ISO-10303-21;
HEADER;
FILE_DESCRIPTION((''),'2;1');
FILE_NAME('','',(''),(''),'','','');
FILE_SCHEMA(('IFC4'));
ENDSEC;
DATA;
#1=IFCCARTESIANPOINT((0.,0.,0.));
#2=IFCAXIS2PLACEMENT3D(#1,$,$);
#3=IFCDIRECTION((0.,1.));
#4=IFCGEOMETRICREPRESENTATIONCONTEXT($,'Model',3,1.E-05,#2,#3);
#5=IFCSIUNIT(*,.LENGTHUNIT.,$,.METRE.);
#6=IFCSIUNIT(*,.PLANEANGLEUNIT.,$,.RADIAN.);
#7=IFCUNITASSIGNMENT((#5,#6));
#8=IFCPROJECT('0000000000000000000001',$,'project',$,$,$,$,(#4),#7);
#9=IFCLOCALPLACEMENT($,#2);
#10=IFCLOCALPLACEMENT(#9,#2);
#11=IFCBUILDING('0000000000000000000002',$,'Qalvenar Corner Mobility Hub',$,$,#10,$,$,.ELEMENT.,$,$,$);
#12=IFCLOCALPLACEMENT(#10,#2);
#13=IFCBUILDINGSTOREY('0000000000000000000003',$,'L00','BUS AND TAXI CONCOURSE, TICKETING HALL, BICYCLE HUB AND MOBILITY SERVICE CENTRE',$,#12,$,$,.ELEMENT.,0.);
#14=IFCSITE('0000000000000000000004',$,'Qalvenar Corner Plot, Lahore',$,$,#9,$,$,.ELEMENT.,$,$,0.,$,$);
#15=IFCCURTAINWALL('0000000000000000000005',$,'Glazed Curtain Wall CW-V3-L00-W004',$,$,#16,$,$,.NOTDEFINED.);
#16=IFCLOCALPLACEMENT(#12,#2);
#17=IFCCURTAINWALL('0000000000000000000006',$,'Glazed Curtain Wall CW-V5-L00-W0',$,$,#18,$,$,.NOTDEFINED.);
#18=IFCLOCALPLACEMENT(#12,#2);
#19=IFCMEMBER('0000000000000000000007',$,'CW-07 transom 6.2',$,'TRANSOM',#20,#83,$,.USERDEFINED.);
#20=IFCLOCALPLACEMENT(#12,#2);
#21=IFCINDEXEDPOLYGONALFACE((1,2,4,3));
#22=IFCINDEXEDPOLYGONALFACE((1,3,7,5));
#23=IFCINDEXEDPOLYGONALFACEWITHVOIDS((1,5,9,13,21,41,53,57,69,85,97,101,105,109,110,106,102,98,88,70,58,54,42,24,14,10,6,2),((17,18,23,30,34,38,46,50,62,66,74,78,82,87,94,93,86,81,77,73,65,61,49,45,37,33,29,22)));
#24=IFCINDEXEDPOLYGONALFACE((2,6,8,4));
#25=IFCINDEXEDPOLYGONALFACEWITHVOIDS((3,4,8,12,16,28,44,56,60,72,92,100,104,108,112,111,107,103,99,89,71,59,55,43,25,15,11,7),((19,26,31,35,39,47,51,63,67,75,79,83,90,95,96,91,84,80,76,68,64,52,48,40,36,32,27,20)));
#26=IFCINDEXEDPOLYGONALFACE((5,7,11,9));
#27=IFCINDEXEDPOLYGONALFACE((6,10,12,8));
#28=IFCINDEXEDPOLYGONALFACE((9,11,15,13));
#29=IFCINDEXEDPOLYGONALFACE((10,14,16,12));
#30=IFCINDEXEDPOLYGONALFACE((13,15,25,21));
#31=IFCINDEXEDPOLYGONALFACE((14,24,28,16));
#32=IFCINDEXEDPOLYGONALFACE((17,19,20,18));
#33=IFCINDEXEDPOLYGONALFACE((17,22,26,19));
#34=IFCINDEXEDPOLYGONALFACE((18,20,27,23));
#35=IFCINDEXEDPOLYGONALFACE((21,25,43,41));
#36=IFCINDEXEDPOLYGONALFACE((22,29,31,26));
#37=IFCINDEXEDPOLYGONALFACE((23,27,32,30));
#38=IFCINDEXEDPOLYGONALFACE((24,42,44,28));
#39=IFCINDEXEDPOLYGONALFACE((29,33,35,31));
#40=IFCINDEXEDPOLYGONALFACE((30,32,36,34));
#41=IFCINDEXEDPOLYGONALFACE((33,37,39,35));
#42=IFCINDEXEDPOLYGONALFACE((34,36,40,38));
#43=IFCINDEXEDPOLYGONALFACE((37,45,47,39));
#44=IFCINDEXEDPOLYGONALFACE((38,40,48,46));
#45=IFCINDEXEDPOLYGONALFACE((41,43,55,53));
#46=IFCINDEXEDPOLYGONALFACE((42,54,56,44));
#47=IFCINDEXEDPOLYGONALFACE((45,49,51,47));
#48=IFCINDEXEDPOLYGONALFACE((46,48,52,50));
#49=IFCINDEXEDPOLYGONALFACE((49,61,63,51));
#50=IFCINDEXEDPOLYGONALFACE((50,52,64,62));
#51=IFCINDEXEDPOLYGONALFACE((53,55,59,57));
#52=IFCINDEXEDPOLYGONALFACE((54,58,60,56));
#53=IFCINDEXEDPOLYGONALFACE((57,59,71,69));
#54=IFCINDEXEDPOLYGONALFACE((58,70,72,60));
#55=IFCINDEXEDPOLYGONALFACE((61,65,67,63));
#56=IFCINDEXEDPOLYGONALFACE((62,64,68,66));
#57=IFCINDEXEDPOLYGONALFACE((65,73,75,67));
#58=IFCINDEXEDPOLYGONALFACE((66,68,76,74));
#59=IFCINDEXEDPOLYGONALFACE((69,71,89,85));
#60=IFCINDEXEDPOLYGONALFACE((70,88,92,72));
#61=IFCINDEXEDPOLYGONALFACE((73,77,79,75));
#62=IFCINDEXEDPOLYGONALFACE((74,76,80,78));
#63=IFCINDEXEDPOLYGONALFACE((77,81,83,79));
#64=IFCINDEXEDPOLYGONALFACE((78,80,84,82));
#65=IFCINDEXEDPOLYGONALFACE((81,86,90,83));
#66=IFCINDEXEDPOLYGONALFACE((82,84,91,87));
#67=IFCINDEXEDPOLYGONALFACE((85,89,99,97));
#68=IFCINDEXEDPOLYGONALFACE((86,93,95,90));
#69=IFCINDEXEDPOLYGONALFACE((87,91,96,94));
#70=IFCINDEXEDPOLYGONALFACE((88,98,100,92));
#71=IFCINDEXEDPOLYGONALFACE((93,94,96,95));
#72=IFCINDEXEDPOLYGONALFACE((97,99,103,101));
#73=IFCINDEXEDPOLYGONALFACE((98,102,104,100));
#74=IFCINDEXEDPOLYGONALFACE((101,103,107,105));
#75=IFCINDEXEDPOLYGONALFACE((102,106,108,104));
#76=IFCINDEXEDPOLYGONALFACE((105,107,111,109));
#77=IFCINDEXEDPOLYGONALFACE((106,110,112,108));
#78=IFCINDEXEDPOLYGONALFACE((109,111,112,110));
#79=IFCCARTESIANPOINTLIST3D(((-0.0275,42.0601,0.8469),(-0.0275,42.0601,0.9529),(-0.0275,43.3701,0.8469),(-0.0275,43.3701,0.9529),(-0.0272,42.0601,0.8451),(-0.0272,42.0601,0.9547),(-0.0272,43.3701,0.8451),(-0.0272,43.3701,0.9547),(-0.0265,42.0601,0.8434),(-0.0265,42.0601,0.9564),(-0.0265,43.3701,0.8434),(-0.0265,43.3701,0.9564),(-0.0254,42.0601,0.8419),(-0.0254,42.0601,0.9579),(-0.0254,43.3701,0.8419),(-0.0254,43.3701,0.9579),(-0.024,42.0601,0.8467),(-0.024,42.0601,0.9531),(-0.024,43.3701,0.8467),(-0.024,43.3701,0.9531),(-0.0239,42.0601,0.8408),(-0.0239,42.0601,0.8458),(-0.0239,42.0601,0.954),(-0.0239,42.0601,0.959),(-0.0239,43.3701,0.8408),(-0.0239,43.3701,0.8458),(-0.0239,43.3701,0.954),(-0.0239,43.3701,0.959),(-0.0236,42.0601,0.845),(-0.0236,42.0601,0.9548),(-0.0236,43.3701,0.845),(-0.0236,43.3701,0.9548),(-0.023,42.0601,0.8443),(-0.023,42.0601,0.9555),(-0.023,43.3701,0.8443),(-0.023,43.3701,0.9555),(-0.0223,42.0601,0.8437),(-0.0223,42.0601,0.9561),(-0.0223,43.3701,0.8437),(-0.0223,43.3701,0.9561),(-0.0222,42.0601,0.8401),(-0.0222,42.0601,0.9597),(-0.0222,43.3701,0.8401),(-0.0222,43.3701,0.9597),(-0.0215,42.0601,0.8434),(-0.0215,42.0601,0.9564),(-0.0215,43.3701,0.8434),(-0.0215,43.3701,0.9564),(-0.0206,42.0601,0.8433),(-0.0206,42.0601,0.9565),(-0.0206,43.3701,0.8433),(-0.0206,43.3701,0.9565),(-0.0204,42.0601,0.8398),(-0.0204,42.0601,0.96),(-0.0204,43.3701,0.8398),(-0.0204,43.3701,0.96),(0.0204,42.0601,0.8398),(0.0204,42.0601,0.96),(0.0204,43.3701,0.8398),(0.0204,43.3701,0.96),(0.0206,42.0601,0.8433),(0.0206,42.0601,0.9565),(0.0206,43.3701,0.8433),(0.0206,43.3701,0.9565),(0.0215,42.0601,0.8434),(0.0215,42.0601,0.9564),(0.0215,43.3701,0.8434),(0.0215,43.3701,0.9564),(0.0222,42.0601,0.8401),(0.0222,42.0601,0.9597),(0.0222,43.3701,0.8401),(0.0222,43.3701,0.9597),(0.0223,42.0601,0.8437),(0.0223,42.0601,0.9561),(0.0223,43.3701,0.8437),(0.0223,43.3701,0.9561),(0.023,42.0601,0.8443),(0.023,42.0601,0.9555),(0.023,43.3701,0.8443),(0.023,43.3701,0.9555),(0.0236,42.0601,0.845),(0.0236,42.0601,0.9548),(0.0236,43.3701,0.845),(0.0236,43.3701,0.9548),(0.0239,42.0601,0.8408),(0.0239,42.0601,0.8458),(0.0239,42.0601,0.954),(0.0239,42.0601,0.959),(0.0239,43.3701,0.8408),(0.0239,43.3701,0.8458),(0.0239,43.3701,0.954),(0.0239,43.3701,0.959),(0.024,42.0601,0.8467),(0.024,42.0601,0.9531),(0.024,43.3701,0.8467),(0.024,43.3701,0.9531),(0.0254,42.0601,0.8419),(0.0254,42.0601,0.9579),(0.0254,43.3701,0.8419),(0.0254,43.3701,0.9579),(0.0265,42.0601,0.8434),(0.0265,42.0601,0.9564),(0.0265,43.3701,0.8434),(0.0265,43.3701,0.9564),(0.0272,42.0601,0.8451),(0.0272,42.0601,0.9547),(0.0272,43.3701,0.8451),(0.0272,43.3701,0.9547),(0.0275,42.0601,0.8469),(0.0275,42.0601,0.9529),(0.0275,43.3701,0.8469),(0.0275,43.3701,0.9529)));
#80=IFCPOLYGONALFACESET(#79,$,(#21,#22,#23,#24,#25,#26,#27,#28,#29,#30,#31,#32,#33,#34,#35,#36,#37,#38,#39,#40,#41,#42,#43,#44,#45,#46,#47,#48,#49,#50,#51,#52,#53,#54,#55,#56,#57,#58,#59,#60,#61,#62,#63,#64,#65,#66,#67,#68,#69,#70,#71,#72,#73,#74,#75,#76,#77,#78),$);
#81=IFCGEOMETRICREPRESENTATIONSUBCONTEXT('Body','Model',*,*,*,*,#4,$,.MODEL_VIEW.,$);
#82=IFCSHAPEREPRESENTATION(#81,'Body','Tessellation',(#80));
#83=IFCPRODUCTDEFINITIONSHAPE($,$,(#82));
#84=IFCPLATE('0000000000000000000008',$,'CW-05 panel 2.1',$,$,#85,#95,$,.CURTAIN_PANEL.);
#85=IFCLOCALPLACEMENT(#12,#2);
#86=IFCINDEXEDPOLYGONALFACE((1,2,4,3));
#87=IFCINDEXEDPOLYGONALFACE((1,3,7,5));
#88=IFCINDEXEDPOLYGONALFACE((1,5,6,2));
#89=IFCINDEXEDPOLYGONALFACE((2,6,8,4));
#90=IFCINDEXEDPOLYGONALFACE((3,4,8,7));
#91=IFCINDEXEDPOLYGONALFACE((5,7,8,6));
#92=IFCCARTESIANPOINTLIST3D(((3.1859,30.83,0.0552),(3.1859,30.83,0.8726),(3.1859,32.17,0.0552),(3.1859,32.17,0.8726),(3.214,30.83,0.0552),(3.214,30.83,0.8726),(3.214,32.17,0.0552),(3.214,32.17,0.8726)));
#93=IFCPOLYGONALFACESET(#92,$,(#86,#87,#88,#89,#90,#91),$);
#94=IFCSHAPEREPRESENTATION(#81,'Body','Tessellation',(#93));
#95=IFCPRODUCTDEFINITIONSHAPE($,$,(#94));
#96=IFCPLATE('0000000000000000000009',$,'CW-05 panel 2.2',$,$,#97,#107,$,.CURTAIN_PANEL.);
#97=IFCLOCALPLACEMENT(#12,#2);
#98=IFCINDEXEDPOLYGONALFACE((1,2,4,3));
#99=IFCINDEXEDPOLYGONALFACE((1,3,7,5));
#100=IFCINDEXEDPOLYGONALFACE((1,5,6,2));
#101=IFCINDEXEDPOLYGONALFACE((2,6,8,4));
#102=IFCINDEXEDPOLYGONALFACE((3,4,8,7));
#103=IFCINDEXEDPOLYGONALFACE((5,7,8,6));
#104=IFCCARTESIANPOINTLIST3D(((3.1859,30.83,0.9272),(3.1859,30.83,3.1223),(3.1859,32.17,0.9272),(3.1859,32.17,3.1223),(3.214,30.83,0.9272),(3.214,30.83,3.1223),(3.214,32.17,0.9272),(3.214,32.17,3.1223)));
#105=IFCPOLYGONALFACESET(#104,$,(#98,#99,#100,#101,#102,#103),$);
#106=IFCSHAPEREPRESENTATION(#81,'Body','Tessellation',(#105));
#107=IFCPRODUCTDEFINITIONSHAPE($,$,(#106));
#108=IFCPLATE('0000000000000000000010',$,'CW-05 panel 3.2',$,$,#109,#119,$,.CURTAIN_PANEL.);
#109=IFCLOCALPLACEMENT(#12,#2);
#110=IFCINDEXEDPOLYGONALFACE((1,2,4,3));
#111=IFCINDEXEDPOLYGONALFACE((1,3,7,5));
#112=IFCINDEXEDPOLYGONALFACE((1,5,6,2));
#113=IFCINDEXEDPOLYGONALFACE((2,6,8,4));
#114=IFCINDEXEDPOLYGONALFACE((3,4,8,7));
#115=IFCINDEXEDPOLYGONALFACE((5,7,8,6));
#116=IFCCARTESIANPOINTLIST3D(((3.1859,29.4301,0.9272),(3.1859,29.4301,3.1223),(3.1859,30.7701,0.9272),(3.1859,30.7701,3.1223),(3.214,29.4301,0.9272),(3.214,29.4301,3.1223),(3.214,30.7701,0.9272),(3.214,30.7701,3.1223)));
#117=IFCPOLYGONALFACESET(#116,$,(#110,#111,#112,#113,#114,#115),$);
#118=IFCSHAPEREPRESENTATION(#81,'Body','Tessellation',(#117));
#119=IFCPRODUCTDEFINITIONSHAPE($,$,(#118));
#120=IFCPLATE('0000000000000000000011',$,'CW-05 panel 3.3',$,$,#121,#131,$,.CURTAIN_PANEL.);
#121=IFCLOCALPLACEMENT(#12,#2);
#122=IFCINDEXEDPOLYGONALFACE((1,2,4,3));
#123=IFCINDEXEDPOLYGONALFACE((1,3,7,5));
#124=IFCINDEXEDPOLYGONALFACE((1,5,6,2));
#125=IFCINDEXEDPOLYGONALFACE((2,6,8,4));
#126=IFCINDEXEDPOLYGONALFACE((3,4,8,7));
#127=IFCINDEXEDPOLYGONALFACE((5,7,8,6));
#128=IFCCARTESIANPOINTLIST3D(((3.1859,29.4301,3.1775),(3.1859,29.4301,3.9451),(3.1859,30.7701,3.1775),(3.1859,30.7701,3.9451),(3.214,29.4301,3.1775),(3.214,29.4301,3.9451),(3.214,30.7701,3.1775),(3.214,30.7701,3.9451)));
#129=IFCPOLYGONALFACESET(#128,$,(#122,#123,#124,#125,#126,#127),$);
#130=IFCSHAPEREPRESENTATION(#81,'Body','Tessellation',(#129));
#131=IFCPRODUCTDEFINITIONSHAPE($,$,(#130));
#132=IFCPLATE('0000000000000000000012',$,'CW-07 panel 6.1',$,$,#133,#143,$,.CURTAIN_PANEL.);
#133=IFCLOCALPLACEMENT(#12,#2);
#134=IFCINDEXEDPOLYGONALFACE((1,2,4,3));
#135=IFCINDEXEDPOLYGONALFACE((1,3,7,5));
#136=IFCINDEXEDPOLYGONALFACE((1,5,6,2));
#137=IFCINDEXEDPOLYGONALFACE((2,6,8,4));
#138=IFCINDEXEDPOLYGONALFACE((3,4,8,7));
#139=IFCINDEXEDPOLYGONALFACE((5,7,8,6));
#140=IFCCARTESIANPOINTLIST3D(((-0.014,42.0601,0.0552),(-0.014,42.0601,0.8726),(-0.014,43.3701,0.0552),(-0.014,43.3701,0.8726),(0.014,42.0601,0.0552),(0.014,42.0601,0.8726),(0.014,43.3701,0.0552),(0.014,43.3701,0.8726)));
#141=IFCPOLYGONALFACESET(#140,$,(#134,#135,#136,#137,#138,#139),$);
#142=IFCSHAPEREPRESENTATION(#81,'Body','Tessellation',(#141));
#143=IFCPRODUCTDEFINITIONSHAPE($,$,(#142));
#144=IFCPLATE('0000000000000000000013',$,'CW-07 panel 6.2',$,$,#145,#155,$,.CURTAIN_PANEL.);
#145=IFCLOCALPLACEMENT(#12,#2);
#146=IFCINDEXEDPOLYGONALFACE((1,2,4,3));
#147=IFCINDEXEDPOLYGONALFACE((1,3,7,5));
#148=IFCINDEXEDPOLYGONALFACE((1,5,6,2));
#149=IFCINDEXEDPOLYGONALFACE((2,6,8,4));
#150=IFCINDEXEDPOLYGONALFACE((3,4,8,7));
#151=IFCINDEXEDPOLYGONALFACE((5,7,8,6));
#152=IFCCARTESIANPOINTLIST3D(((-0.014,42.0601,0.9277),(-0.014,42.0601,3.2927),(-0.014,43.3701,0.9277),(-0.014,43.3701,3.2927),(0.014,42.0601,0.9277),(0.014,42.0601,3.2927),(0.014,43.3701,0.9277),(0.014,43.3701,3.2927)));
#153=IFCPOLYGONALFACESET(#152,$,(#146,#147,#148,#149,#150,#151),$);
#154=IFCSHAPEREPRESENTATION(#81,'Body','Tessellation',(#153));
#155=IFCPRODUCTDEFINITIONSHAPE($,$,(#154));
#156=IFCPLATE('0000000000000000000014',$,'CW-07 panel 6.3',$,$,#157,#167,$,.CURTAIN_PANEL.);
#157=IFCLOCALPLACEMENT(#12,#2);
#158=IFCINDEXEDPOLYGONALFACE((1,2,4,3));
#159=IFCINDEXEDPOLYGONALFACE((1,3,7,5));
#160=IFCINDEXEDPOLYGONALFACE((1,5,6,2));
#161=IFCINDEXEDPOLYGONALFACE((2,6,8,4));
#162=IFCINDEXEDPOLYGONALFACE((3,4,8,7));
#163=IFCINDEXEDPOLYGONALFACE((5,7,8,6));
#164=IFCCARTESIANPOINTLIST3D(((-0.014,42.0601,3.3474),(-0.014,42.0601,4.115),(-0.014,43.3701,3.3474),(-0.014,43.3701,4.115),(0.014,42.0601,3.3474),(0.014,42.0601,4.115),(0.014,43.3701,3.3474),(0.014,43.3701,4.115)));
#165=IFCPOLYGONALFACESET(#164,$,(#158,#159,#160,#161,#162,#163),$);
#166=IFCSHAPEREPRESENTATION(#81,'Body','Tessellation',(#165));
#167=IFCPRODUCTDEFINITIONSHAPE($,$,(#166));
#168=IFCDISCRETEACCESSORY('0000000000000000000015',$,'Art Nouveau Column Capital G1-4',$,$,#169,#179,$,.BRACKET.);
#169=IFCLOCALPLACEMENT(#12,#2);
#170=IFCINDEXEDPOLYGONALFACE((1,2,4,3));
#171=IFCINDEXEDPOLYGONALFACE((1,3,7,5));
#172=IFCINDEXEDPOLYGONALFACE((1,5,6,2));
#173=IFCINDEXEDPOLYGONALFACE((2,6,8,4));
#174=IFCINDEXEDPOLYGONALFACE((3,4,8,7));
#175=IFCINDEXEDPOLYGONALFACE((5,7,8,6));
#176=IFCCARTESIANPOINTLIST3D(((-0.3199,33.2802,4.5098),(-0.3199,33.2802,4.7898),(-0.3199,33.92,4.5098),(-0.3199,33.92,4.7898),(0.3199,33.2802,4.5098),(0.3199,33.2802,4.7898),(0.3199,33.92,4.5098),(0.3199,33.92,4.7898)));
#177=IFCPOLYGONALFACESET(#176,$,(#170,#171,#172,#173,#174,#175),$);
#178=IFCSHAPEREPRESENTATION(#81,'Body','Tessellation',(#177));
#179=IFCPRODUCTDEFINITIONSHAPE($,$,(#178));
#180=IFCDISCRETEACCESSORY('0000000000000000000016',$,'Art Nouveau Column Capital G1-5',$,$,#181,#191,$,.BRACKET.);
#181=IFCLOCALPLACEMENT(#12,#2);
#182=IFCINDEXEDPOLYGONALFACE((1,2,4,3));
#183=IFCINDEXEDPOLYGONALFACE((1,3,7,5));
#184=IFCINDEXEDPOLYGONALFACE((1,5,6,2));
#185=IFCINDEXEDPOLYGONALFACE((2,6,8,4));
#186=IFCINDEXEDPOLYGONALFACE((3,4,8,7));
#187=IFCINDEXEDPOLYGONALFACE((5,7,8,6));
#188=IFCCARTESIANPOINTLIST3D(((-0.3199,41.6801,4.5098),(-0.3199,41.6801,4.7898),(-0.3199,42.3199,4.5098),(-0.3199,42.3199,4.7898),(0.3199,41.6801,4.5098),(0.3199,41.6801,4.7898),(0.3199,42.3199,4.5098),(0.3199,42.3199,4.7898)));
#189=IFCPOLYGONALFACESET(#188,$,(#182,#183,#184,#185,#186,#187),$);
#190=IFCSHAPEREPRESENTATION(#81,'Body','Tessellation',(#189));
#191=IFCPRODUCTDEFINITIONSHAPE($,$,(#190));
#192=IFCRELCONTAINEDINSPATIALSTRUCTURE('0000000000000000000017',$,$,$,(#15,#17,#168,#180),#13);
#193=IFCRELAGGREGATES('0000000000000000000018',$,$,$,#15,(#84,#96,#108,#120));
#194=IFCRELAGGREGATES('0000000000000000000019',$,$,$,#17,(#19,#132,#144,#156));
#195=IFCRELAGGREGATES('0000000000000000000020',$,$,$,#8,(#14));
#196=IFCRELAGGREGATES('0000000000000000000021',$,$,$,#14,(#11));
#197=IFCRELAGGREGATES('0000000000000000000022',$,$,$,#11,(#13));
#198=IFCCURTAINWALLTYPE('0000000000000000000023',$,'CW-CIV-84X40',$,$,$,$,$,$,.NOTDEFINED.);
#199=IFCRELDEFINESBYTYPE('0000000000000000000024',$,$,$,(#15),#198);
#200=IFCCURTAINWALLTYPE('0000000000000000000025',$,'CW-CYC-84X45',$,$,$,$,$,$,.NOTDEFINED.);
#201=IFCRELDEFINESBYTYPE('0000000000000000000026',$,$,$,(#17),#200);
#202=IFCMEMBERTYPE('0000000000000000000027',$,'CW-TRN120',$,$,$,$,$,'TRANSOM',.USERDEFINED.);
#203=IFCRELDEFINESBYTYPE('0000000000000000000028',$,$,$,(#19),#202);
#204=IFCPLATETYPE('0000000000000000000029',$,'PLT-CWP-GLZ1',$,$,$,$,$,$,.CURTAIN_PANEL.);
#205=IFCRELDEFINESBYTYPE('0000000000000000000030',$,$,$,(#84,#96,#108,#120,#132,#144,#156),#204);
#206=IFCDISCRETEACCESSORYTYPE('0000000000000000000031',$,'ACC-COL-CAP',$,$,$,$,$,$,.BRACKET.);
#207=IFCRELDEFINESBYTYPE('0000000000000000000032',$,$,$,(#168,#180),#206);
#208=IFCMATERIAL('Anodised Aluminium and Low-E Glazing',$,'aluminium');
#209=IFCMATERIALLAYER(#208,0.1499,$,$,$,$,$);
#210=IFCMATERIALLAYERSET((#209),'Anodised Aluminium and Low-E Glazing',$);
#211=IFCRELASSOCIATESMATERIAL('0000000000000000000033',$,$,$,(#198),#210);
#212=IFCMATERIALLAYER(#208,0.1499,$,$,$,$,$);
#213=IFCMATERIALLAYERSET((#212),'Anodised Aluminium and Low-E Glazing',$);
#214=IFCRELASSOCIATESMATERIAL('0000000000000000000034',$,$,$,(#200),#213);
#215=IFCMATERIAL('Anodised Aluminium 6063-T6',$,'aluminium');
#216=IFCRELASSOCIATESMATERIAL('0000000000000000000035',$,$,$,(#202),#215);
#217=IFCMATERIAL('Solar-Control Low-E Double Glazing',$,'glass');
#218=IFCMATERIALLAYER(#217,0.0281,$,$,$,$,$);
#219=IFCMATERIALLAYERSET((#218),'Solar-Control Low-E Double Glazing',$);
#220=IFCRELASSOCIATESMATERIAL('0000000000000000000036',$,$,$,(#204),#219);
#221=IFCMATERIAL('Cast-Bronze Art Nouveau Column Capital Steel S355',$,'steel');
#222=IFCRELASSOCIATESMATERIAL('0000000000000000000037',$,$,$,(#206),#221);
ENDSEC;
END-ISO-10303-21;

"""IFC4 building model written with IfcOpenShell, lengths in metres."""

from ifc_helpers import new_model, si_unit, direction, frame, origin, origin_2d, place, context, subcontext, project, spatial, rectangle, hollow_rectangle, extrude, material, layer, layer_set, material_profile, profile_set, type_object, element, aggregate, save


model = new_model("IFC4")

# Units and contexts
model_context = context("Model", 3, precision=1e-05, world=origin(), true_north=direction((0.0, 1.0)))
body_context = subcontext(model_context, "Body", "Model", "MODEL_VIEW")
ifc_project = project(units=[si_unit("LENGTHUNIT", "METRE"), si_unit("PLANEANGLEUNIT", "RADIAN")], contexts=[model_context])

# Site, building, storey
site_placement = place(None, origin())
site = spatial("IfcSite", under=ifc_project, at=site_placement, Name="Qalvenar Corner Plot, Lahore", CompositionType="ELEMENT", RefElevation=0.0)
building_placement = place(site_placement, origin())
building = spatial("IfcBuilding", under=site, at=building_placement, Name="Qalvenar Corner Mobility Hub", CompositionType="ELEMENT")
storey_placement = place(building_placement, origin())
storey = spatial("IfcBuildingStorey", under=building, at=storey_placement, Name="L00", Description="BUS AND TAXI CONCOURSE, TICKETING HALL, BICYCLE HUB AND MOBILITY SERVICE CENTRE", CompositionType="ELEMENT", Elevation=0.0)

# Curtain walls
ifc_material_1 = material(Name="Anodised Aluminium and Low-E Glazing", Category="aluminium")
ifc_layer_1 = layer(ifc_material_1, 0.1499)
ifc_layer_set_1 = layer_set([ifc_layer_1], Name="Anodised Aluminium and Low-E Glazing")
curtain_wall_type_1 = type_object("IfcCurtainWallType", Name="CW-CIV-84X40", PredefinedType="NOTDEFINED", material=ifc_layer_set_1)
curtain_wall_1_placement = place(storey_placement, origin())
curtain_wall_1 = element("IfcCurtainWall", 1, at=curtain_wall_1_placement, inside=storey, type_object=curtain_wall_type_1, Name="Glazed Curtain Wall CW-V3-L00-W004", PredefinedType="NOTDEFINED")
ifc_material_2 = material(Name="Anodised Aluminium 6063-T6", Category="aluminium")
ifc_layer_2 = layer(ifc_material_1, 0.1499)
ifc_layer_set_2 = layer_set([ifc_layer_2], Name="Anodised Aluminium and Low-E Glazing")
curtain_wall_type_2 = type_object("IfcCurtainWallType", Name="CW-CYC-84X45", PredefinedType="NOTDEFINED", material=ifc_layer_set_2)
curtain_wall_2_placement = place(storey_placement, origin())
curtain_wall_2 = element("IfcCurtainWall", 2, at=curtain_wall_2_placement, inside=storey, type_object=curtain_wall_type_2, Name="Glazed Curtain Wall CW-V5-L00-W0", PredefinedType="NOTDEFINED")

# Member
ifc_material_profile_1 = material_profile(ifc_material_2, hollow_rectangle(XDim=0.0549, YDim=0.1201, WallThickness=0.0034, InnerFilletRadius=0.0034, OuterFilletRadius=0.0071, at=origin_2d()), Name="RHS120x55x3.5")
ifc_profile_set_1 = profile_set([ifc_material_profile_1], Name="Anodised Aluminium 6063-T6")
member_type_1 = type_object("IfcMemberType", Name="CW-TRN120", ElementType="TRANSOM", PredefinedType="USERDEFINED", material=ifc_profile_set_1)
member_1_placement = place(storey_placement, frame((0.0, 43.3701, 0.8999), z_axis=(0.0, -1.0, 0.0), x_axis=(1.0, 0.0, 0.0)))
member_1 = element("IfcMember", 3, at=member_1_placement, type_object=member_type_1, Name="CW-07 transom 6.2", ObjectType="TRANSOM", PredefinedType="USERDEFINED", context=body_context, shape_type="SweptSolid", body=[
    extrude(hollow_rectangle(XDim=0.0549, YDim=0.1201, WallThickness=0.0034, InnerFilletRadius=0.0034, OuterFilletRadius=0.0071, at=origin_2d()), origin(), (0.0, 0.0, 1.0), 1.3101),
])

# Plates
ifc_material_3 = material(Name="Solar-Control Low-E Double Glazing", Category="glass")
ifc_layer_3 = layer(ifc_material_3, 0.0281)
ifc_layer_set_3 = layer_set([ifc_layer_3], Name="Solar-Control Low-E Double Glazing")
plate_type = type_object("IfcPlateType", Name="PLT-CWP-GLZ1", PredefinedType="CURTAIN_PANEL", material=ifc_layer_set_3)
plate_1_placement = place(storey_placement, frame((3.2, 31.5, 0.0552), z_axis=(0.0, 0.0, 1.0), x_axis=(0.0, -1.0, 0.0)))
plate_1 = element("IfcPlate", 4, at=plate_1_placement, type_object=plate_type, Name="CW-05 panel 2.1", PredefinedType="CURTAIN_PANEL", context=body_context, shape_type="SweptSolid", body=[
    extrude(rectangle(XDim=1.3401, YDim=0.0281, at=origin_2d()), origin(), (0.0, 0.0, 1.0), 0.8174),
])
plate_2_placement = place(storey_placement, frame((3.2, 31.5, 0.9272), z_axis=(0.0, 0.0, 1.0), x_axis=(0.0, -1.0, 0.0)))
plate_2 = element("IfcPlate", 5, at=plate_2_placement, type_object=plate_type, Name="CW-05 panel 2.2", PredefinedType="CURTAIN_PANEL", context=body_context, shape_type="SweptSolid", body=[
    extrude(rectangle(XDim=1.3401, YDim=0.0281, at=origin_2d()), origin(), (0.0, 0.0, 1.0), 2.1951),
])
plate_3_placement = place(storey_placement, frame((3.2, 30.1001, 0.9272), z_axis=(0.0, 0.0, 1.0), x_axis=(0.0, -1.0, 0.0)))
plate_3 = element("IfcPlate", 6, at=plate_3_placement, type_object=plate_type, Name="CW-05 panel 3.2", PredefinedType="CURTAIN_PANEL", context=body_context, shape_type="SweptSolid", body=[
    extrude(rectangle(XDim=1.3401, YDim=0.0281, at=origin_2d()), origin(), (0.0, 0.0, 1.0), 2.1951),
])
plate_4_placement = place(storey_placement, frame((3.2, 30.1001, 3.1775), z_axis=(0.0, 0.0, 1.0), x_axis=(0.0, -1.0, 0.0)))
plate_4 = element("IfcPlate", 7, at=plate_4_placement, type_object=plate_type, Name="CW-05 panel 3.3", PredefinedType="CURTAIN_PANEL", context=body_context, shape_type="SweptSolid", body=[
    extrude(rectangle(XDim=1.3401, YDim=0.0281, at=origin_2d()), origin(), (0.0, 0.0, 1.0), 0.7676),
])
aggregate(curtain_wall_1, [plate_1, plate_2, plate_3, plate_4])
plate_5_placement = place(storey_placement, frame((0.0, 42.7151, 0.0552), z_axis=(0.0, 0.0, 1.0), x_axis=(0.0, -1.0, 0.0)))
plate_5 = element("IfcPlate", 8, at=plate_5_placement, type_object=plate_type, Name="CW-07 panel 6.1", PredefinedType="CURTAIN_PANEL", context=body_context, shape_type="SweptSolid", body=[
    extrude(rectangle(XDim=1.3101, YDim=0.0281, at=origin_2d()), origin(), (0.0, 0.0, 1.0), 0.8174),
])
plate_6_placement = place(storey_placement, frame((0.0, 42.7151, 0.9277), z_axis=(0.0, 0.0, 1.0), x_axis=(0.0, -1.0, 0.0)))
plate_6 = element("IfcPlate", 9, at=plate_6_placement, type_object=plate_type, Name="CW-07 panel 6.2", PredefinedType="CURTAIN_PANEL", context=body_context, shape_type="SweptSolid", body=[
    extrude(rectangle(XDim=1.3101, YDim=0.0281, at=origin_2d()), origin(), (0.0, 0.0, 1.0), 2.365),
])
plate_7_placement = place(storey_placement, frame((0.0, 42.7151, 3.3474), z_axis=(0.0, 0.0, 1.0), x_axis=(0.0, -1.0, 0.0)))
plate_7 = element("IfcPlate", 10, at=plate_7_placement, type_object=plate_type, Name="CW-07 panel 6.3", PredefinedType="CURTAIN_PANEL", context=body_context, shape_type="SweptSolid", body=[
    extrude(rectangle(XDim=1.3101, YDim=0.0281, at=origin_2d()), origin(), (0.0, 0.0, 1.0), 0.7676),
])
aggregate(curtain_wall_2, [member_1, plate_5, plate_6, plate_7])

# Discrete accessories
ifc_material_4 = material(Name="Cast-Bronze Art Nouveau Column Capital Steel S355", Category="steel")
discrete_accessory_type = type_object("IfcDiscreteAccessoryType", Name="ACC-COL-CAP", PredefinedType="BRACKET", material=ifc_material_4)
for number, where, z_axis, x_axis, name in (
    (11, (0.0, 33.6001, 4.5098), (0.0, 0.0, 1.0), (1.0, 0.0, 0.0), "Art Nouveau Column Capital G1-4"),
    (12, (0.0, 42.0, 4.5098), (0.0, 0.0, 1.0), (1.0, 0.0, 0.0), "Art Nouveau Column Capital G1-5"),
):
    element("IfcDiscreteAccessory", number, at=place(storey_placement, frame(where, z_axis=z_axis, x_axis=x_axis)), inside=storey, type_object=discrete_accessory_type, Name=name, PredefinedType="BRACKET", context=body_context, shape_type="SweptSolid", body=[
        extrude(rectangle(XDim=0.6399, YDim=0.6399, at=origin_2d()), origin(), (0.0, 0.0, 1.0), 0.28),
    ])

save(model, "model.ifc")
